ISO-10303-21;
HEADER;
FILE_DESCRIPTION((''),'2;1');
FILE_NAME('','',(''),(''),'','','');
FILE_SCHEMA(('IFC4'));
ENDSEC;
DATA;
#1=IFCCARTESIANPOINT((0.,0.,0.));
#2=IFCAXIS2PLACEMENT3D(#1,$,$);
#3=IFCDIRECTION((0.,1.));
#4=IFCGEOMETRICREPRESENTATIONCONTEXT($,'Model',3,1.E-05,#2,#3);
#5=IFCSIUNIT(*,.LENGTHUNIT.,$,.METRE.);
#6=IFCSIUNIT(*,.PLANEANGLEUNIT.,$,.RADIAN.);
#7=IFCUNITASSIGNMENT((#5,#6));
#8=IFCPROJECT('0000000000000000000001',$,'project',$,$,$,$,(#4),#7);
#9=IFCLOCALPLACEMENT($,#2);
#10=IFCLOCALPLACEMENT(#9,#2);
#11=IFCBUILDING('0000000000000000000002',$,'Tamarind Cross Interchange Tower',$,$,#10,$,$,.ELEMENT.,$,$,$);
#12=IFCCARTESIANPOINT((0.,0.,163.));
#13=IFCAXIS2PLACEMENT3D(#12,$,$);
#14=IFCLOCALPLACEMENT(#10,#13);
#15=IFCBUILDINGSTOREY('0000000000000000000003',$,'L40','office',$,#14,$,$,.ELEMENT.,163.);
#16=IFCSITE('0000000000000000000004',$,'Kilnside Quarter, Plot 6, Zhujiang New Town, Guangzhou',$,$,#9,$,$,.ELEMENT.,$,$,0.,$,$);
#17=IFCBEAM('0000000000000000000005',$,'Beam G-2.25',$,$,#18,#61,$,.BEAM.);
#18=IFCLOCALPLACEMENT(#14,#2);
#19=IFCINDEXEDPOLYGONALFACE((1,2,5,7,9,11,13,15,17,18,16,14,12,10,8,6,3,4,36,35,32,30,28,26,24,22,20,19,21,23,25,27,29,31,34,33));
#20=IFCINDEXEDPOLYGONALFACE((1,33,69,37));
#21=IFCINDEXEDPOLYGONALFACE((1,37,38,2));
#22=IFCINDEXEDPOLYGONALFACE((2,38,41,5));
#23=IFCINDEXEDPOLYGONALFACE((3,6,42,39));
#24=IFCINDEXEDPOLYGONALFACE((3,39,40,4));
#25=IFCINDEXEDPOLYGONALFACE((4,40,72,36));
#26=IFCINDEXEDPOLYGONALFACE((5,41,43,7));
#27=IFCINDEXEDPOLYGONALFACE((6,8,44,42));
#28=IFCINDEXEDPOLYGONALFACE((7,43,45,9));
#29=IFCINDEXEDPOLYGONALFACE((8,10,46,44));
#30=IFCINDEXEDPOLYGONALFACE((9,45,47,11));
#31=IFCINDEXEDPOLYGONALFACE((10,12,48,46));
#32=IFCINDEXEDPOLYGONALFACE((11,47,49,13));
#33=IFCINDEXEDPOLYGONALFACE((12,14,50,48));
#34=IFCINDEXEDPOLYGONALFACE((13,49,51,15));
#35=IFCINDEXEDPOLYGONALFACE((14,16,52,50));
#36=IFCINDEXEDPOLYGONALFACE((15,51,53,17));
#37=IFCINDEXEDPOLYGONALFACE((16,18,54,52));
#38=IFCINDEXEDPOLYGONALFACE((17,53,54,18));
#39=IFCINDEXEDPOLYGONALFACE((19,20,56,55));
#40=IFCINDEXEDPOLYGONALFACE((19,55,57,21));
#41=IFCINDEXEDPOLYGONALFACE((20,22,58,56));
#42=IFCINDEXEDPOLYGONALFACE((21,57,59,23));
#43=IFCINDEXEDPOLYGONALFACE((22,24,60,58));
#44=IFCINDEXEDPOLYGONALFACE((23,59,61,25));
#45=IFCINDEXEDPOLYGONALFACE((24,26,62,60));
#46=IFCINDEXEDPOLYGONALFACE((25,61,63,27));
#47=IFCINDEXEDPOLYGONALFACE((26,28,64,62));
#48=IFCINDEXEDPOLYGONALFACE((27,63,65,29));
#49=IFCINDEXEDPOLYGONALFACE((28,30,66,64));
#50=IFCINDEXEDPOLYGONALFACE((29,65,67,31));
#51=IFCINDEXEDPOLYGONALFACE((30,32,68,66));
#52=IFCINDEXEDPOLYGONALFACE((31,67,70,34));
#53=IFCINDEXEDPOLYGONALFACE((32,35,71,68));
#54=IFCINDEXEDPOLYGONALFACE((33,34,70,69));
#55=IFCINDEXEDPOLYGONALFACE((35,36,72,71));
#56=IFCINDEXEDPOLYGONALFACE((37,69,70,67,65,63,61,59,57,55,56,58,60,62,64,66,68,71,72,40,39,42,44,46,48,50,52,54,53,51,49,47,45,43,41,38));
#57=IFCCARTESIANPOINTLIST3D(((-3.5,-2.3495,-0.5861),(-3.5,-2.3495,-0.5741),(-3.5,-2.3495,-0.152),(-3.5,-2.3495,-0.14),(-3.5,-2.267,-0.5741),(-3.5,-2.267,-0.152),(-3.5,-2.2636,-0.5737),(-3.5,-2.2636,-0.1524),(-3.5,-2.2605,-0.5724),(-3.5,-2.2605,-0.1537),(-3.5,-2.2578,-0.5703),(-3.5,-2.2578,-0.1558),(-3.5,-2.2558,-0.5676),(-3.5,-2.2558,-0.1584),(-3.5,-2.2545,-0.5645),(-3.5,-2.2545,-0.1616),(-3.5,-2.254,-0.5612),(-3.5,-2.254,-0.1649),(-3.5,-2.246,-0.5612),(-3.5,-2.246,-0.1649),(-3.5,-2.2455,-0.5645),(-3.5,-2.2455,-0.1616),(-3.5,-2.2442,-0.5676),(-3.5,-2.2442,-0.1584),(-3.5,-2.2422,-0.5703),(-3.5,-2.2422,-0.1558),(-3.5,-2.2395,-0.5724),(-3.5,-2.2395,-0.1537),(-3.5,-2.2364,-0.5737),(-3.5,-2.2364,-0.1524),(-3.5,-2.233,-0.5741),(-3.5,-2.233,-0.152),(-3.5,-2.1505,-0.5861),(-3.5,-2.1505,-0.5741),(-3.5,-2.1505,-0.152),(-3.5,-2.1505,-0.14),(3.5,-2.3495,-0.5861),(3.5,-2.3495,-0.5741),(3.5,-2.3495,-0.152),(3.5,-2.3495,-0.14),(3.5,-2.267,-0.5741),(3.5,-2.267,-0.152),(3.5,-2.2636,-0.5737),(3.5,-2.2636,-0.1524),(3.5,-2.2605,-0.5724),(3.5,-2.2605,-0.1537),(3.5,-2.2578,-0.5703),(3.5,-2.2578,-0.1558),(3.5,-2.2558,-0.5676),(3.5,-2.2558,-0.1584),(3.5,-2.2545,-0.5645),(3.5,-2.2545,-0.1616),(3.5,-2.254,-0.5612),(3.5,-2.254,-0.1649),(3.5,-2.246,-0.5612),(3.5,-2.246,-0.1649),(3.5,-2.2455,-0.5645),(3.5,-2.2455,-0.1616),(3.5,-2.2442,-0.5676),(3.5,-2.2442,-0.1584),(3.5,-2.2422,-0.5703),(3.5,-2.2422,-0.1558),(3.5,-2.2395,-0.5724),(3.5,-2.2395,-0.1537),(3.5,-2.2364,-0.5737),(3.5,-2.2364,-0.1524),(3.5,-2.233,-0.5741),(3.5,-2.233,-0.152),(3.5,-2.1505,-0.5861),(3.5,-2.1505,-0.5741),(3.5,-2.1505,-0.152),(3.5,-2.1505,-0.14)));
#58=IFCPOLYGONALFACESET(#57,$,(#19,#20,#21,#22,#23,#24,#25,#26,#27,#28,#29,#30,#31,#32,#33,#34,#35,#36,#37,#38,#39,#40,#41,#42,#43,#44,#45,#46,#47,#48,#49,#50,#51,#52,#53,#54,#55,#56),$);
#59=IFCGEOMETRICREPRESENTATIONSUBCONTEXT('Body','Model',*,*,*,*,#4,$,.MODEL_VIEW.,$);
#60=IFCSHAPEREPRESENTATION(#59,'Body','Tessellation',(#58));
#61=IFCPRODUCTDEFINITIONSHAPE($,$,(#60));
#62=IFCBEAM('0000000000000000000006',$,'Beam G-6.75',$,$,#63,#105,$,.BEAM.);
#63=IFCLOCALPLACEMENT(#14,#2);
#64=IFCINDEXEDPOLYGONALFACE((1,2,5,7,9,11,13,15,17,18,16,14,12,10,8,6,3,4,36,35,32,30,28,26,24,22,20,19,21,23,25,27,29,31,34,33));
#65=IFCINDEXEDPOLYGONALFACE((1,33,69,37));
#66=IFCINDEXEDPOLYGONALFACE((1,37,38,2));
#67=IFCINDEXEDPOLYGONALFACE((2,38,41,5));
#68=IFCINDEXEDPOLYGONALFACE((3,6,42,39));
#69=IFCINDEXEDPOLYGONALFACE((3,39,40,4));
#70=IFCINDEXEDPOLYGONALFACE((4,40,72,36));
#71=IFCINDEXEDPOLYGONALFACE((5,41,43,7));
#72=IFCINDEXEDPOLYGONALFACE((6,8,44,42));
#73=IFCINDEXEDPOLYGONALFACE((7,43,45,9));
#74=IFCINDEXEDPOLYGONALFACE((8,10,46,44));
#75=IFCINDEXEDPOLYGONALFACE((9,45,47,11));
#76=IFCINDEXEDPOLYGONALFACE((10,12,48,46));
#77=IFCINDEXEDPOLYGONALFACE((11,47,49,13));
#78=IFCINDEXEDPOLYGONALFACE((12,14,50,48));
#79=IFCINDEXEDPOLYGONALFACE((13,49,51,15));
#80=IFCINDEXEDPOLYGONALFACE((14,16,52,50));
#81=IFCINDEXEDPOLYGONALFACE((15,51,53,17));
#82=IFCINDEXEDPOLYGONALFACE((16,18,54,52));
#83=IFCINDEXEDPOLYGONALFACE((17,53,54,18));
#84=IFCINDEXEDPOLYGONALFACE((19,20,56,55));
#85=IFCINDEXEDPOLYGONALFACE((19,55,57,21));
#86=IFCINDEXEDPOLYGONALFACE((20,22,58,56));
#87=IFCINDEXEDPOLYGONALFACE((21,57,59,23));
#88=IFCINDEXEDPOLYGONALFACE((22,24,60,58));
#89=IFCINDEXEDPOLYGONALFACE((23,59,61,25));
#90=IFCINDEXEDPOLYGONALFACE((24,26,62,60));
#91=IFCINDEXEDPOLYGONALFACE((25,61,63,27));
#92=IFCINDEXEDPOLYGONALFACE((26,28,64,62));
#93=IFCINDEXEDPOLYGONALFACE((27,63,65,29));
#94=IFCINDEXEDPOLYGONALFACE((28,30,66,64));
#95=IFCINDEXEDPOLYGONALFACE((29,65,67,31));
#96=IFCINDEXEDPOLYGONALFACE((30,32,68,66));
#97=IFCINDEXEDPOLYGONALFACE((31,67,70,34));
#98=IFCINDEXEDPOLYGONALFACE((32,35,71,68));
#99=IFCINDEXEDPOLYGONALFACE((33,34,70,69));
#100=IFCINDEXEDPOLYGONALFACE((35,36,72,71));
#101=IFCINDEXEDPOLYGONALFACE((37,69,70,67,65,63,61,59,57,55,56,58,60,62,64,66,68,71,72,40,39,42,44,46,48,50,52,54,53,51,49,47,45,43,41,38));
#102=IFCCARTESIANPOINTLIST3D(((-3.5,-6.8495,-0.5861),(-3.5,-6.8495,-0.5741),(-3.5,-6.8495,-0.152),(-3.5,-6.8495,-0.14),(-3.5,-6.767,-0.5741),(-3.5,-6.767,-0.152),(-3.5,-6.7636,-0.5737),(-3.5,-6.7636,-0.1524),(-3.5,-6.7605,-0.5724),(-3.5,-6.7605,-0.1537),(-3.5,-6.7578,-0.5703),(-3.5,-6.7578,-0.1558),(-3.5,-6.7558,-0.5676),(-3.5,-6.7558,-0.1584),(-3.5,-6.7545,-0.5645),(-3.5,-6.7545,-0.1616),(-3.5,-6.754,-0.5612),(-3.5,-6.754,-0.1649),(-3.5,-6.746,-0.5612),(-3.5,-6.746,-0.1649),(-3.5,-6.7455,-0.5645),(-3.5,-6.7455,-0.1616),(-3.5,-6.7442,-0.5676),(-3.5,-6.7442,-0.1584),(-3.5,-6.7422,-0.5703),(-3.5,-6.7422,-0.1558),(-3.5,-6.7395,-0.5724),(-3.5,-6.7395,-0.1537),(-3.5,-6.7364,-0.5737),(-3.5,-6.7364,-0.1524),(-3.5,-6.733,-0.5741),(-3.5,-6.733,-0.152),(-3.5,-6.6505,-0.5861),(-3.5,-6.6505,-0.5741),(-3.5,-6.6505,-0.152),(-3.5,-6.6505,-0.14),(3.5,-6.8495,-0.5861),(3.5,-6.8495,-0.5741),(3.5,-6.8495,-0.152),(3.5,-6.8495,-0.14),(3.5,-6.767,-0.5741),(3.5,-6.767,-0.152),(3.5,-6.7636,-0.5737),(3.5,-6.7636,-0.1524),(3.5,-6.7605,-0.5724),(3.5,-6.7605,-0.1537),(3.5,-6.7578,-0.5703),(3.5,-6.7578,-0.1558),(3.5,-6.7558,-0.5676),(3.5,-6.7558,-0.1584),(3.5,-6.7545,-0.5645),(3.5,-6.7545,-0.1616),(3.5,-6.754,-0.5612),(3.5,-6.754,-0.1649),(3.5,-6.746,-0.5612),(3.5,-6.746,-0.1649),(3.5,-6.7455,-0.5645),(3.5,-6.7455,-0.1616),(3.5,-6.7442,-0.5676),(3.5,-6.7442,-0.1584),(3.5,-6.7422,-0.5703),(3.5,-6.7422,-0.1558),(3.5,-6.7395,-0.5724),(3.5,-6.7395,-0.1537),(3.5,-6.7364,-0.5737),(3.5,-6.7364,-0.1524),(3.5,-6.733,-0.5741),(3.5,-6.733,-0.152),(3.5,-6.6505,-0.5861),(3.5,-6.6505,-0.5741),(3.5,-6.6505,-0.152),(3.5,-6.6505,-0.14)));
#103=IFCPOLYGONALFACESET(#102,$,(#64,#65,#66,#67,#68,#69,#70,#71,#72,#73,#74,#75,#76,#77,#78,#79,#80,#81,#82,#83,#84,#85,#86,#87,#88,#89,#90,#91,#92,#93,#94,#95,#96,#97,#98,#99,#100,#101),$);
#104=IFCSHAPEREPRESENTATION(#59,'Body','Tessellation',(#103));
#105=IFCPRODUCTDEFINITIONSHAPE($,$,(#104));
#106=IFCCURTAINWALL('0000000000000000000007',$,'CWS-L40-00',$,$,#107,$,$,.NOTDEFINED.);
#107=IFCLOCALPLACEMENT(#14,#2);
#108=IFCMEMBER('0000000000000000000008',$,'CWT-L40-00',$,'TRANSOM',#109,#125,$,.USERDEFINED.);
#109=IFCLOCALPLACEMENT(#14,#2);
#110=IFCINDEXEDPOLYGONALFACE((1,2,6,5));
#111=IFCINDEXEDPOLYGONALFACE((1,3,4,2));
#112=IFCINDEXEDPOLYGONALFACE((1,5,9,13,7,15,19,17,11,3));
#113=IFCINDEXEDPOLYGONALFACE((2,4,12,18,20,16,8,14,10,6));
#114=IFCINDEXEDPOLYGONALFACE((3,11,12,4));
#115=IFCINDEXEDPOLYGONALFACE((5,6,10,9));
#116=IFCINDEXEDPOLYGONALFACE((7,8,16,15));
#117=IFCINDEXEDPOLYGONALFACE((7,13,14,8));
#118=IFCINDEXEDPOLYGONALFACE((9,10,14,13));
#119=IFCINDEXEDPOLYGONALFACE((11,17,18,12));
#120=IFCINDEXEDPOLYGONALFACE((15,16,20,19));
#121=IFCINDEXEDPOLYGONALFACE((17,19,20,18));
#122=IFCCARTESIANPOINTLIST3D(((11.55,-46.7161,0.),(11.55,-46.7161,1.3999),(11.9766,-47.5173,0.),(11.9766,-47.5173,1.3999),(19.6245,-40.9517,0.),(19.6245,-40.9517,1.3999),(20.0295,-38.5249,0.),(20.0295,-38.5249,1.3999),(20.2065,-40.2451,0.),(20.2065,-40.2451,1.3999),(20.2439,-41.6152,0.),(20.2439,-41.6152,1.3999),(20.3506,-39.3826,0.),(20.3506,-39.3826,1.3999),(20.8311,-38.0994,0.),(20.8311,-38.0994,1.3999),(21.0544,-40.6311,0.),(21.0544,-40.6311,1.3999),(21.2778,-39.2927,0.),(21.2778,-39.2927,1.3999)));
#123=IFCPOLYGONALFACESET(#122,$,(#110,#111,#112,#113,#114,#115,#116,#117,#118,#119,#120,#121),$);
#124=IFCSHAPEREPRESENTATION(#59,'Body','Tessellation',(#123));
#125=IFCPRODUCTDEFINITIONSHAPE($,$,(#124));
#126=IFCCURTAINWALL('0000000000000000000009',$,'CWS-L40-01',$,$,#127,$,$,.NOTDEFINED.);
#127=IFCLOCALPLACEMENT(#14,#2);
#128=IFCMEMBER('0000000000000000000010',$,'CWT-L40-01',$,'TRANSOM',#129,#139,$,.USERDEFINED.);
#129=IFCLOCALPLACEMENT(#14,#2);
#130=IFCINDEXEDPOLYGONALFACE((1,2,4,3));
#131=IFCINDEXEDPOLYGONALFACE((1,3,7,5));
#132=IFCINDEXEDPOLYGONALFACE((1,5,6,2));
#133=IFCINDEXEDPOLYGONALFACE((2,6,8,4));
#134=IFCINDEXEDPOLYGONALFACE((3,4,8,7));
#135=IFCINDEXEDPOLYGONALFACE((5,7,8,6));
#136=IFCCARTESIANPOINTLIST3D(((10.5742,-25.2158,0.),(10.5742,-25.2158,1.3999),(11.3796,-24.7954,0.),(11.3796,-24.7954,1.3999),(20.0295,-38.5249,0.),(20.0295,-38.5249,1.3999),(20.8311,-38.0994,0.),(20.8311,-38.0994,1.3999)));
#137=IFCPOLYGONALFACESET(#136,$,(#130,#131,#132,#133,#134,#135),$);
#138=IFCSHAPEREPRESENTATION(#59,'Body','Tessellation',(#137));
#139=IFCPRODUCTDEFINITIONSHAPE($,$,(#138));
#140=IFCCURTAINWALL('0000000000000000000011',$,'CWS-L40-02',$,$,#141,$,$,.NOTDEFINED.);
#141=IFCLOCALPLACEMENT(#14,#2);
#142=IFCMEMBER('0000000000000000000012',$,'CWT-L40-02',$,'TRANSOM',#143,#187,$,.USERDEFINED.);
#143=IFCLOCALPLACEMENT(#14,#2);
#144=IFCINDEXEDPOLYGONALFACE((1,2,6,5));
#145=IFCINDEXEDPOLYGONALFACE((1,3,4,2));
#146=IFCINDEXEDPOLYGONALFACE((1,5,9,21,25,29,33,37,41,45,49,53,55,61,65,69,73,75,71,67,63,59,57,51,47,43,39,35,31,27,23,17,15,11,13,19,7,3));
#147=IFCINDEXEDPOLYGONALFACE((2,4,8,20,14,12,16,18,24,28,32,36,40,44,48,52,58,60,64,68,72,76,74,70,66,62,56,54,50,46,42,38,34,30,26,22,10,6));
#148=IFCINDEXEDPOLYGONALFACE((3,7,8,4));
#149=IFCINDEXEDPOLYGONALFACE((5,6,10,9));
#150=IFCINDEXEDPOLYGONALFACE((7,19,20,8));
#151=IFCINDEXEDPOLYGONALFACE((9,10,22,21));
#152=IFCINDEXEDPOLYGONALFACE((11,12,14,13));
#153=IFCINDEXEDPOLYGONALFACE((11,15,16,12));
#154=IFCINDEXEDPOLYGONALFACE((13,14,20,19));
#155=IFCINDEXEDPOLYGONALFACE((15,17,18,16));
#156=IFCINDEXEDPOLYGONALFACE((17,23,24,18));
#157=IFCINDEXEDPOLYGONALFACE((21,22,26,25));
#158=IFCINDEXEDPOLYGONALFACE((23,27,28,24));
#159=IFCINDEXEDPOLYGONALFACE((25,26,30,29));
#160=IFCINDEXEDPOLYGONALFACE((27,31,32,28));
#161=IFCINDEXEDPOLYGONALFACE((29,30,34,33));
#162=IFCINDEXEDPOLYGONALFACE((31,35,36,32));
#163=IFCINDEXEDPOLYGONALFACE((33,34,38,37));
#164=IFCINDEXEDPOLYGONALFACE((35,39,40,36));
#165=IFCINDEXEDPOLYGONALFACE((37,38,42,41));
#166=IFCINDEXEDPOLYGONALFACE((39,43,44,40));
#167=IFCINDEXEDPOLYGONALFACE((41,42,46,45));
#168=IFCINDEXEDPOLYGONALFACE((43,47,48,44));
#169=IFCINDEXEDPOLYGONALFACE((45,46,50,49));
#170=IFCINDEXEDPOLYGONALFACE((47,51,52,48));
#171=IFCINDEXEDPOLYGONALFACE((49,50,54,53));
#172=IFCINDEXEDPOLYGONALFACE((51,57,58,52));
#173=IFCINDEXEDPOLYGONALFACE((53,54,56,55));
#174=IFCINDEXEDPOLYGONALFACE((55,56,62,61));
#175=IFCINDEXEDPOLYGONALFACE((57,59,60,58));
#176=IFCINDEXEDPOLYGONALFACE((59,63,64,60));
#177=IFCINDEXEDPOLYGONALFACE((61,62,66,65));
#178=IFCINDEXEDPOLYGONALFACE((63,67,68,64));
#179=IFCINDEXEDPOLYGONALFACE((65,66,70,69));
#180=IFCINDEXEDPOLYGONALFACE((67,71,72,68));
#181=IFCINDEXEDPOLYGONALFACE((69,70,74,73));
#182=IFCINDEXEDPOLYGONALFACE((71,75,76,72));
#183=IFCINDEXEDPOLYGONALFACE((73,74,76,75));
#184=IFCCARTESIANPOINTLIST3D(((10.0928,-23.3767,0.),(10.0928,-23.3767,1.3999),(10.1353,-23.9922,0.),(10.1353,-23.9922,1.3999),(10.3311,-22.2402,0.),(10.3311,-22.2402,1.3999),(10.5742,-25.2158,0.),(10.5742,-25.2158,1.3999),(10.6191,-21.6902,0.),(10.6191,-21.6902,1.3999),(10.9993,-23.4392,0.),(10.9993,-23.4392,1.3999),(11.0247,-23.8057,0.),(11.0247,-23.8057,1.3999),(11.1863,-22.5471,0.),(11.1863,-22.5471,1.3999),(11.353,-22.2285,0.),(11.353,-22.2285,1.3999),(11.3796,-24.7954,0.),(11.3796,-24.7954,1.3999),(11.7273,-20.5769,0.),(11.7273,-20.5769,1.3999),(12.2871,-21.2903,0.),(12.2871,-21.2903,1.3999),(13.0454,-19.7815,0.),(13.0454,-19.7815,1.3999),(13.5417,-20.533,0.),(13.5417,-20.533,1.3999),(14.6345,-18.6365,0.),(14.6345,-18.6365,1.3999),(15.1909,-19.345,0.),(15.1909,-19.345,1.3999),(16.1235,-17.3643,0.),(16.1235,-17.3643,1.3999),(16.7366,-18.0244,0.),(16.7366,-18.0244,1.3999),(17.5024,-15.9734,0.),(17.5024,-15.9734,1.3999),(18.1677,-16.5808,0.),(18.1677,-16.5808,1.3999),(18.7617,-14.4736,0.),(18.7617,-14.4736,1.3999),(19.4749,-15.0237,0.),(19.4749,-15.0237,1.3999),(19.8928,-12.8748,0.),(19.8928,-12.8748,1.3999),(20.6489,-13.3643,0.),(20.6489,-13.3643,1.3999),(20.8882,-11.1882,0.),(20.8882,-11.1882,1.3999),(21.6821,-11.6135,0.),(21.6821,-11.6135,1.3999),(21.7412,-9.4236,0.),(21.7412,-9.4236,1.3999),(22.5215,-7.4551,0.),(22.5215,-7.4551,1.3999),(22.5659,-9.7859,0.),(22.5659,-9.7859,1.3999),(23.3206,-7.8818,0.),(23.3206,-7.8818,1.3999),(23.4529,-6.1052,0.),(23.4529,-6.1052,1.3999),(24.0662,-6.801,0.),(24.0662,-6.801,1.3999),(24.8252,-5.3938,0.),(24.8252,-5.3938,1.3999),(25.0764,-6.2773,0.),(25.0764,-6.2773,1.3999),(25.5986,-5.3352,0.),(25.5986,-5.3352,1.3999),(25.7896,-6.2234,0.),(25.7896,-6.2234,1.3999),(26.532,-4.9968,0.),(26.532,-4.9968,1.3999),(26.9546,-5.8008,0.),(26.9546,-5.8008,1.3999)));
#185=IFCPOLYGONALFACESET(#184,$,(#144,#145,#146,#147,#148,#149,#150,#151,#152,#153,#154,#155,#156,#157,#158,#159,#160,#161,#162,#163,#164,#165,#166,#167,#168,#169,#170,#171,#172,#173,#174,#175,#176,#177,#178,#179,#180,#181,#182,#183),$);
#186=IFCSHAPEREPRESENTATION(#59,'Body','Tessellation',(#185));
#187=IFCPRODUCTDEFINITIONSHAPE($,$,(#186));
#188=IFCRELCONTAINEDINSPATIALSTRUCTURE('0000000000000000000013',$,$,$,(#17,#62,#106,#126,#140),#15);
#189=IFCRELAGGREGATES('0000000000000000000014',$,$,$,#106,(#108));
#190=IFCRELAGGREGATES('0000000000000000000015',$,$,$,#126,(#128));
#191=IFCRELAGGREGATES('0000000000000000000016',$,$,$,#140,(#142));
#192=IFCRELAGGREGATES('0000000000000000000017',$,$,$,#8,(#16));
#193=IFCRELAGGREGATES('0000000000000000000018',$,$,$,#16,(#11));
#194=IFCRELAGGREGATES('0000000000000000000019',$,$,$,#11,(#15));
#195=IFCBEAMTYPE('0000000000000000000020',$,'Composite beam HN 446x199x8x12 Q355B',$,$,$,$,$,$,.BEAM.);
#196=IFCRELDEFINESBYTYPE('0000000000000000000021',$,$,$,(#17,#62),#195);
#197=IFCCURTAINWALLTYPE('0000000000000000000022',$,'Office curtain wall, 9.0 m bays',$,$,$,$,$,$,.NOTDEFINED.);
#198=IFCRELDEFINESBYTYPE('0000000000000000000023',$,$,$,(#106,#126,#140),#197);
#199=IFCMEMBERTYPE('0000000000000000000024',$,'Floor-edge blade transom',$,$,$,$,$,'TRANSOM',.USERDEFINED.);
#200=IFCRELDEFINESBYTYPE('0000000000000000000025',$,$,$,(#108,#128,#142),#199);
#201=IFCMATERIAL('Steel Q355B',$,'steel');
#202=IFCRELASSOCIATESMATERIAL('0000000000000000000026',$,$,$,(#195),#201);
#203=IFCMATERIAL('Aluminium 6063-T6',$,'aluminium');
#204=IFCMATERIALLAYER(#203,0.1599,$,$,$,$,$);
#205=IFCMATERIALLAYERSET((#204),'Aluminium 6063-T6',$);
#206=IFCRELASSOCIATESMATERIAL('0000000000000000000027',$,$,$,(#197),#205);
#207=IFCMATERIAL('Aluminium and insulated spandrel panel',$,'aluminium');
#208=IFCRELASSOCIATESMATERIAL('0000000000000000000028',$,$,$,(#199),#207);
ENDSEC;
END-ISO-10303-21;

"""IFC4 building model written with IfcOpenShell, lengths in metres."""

from ifc_helpers import new_model, si_unit, direction, frame, origin, origin_2d, place, context, subcontext, project, spatial, polyline, i_section, outline, extrude, material, layer, layer_set, material_profile, profile_set, type_object, element, aggregate, save


model = new_model("IFC4")

# Units and contexts
model_context = context("Model", 3, precision=1e-05, world=origin(), true_north=direction((0.0, 1.0)))
body_context = subcontext(model_context, "Body", "Model", "MODEL_VIEW")
ifc_project = project(units=[si_unit("LENGTHUNIT", "METRE"), si_unit("PLANEANGLEUNIT", "RADIAN")], contexts=[model_context])

# Site, building, storey
site_placement = place(None, origin())
site = spatial("IfcSite", under=ifc_project, at=site_placement, Name="Kilnside Quarter, Plot 6, Zhujiang New Town, Guangzhou", CompositionType="ELEMENT", RefElevation=0.0)
building_placement = place(site_placement, origin())
building = spatial("IfcBuilding", under=site, at=building_placement, Name="Tamarind Cross Interchange Tower", CompositionType="ELEMENT")
storey_placement = place(building_placement, frame((0.0, 0.0, 163.0)))
storey = spatial("IfcBuildingStorey", under=building, at=storey_placement, Name="L40", Description="office", CompositionType="ELEMENT", Elevation=163.0)

# Beams
ifc_material_1 = material(Name="Steel Q355B", Category="steel")
ifc_material_profile = material_profile(ifc_material_1, i_section(OverallWidth=0.199, OverallDepth=0.446, WebThickness=0.0081, FlangeThickness=0.012, FilletRadius=0.0129, at=origin_2d()), Name="HN 446x199x8x12")
ifc_profile_set = profile_set([ifc_material_profile], Name="Steel Q355B")
beam_type = type_object("IfcBeamType", Name="Composite beam HN 446x199x8x12 Q355B", PredefinedType="BEAM", material=ifc_profile_set)
for number, where, z_axis, x_axis, name in (
    (1, (-3.5, -2.25, -0.363), (1.0, 0.0, 0.0), (0.0, 1.0, 0.0), "Beam G-2.25"),
    (2, (-3.5, -6.75, -0.363), (1.0, 0.0, 0.0), (0.0, 1.0, 0.0), "Beam G-6.75"),
):
    element("IfcBeam", number, at=place(storey_placement, frame(where, z_axis=z_axis, x_axis=x_axis)), inside=storey, type_object=beam_type, Name=name, PredefinedType="BEAM", context=body_context, shape_type="SweptSolid", body=[
        extrude(i_section(OverallWidth=0.199, OverallDepth=0.446, WebThickness=0.0081, FlangeThickness=0.012, FilletRadius=0.0129, at=origin_2d()), origin(), (0.0, 0.0, 1.0), 7.0),
    ])

# Curtain walls, members
ifc_material_2 = material(Name="Aluminium 6063-T6", Category="aluminium")
ifc_layer_1 = layer(ifc_material_2, 0.1599)
ifc_layer_set_1 = layer_set([ifc_layer_1], Name="Aluminium 6063-T6")
curtain_wall_type = type_object("IfcCurtainWallType", Name="Office curtain wall, 9.0 m bays", PredefinedType="NOTDEFINED", material=ifc_layer_set_1)
curtain_wall_1_placement = place(storey_placement, origin())
curtain_wall_1 = element("IfcCurtainWall", 3, at=curtain_wall_1_placement, inside=storey, type_object=curtain_wall_type, Name="CWS-L40-00", PredefinedType="NOTDEFINED")
ifc_material_3 = material(Name="Aluminium and insulated spandrel panel", Category="aluminium")
member_type = type_object("IfcMemberType", Name="Floor-edge blade transom", ElementType="TRANSOM", PredefinedType="USERDEFINED", material=ifc_material_3)
member_1_placement = place(storey_placement, origin())
member_1 = element("IfcMember", 4, at=member_1_placement, type_object=member_type, Name="CWT-L40-00", ObjectType="TRANSOM", PredefinedType="USERDEFINED", context=body_context, shape_type="SweptSolid", body=[
    extrude(outline(polyline([(11.55, -46.7161), (19.6245, -40.9517), (20.2065, -40.2451), (20.3506, -39.3826), (20.0295, -38.5249), (20.8311, -38.0994), (21.2778, -39.2927), (21.0544, -40.6311), (20.2439, -41.6152), (11.9766, -47.5173), (11.55, -46.7161)])), origin(), (0.0, 0.0, 1.0), 1.3999),
])
curtain_wall_2_placement = place(storey_placement, origin())
curtain_wall_2 = element("IfcCurtainWall", 5, at=curtain_wall_2_placement, inside=storey, type_object=curtain_wall_type, Name="CWS-L40-01", PredefinedType="NOTDEFINED")
member_2_placement = place(storey_placement, origin())
member_2 = element("IfcMember", 6, at=member_2_placement, type_object=member_type, Name="CWT-L40-01", ObjectType="TRANSOM", PredefinedType="USERDEFINED", context=body_context, shape_type="SweptSolid", body=[
    extrude(outline(polyline([(20.0295, -38.5249), (10.5742, -25.2158), (11.3796, -24.7954), (20.8311, -38.0994), (20.0295, -38.5249)])), origin(), (0.0, 0.0, 1.0), 1.3999),
])
curtain_wall_3_placement = place(storey_placement, origin())
curtain_wall_3 = element("IfcCurtainWall", 7, at=curtain_wall_3_placement, inside=storey, type_object=curtain_wall_type, Name="CWS-L40-02", PredefinedType="NOTDEFINED")
member_3_placement = place(storey_placement, origin())
member_3 = element("IfcMember", 8, at=member_3_placement, type_object=member_type, Name="CWT-L40-02", ObjectType="TRANSOM", PredefinedType="USERDEFINED", context=body_context, shape_type="SweptSolid", body=[
    extrude(outline(polyline([(10.5742, -25.2158), (10.1353, -23.9922), (10.0928, -23.3767), (10.3311, -22.2402), (10.6191, -21.6902), (11.7273, -20.5769), (13.0454, -19.7815), (14.6345, -18.6365), (16.1235, -17.3643), (17.5024, -15.9734), (18.7617, -14.4736), (19.8928, -12.8748), (20.8882, -11.1882), (21.7412, -9.4236), (22.5215, -7.4551), (23.4529, -6.1052), (24.8252, -5.3938), (25.5986, -5.3352), (26.532, -4.9968), (26.9546, -5.8008), (25.7896, -6.2234), (25.0764, -6.2773), (24.0662, -6.801), (23.3206, -7.8818), (22.5659, -9.7859), (21.6821, -11.6135), (20.6489, -13.3643), (19.4749, -15.0237), (18.1677, -16.5808), (16.7366, -18.0244), (15.1909, -19.345), (13.5417, -20.533), (12.2871, -21.2903), (11.353, -22.2285), (11.1863, -22.5471), (10.9993, -23.4392), (11.0247, -23.8057), (11.3796, -24.7954), (10.5742, -25.2158)])), origin(), (0.0, 0.0, 1.0), 1.3999),
])

aggregate(curtain_wall_1, [member_1])
aggregate(curtain_wall_2, [member_2])
aggregate(curtain_wall_3, [member_3])

save(model, "model.ifc")
